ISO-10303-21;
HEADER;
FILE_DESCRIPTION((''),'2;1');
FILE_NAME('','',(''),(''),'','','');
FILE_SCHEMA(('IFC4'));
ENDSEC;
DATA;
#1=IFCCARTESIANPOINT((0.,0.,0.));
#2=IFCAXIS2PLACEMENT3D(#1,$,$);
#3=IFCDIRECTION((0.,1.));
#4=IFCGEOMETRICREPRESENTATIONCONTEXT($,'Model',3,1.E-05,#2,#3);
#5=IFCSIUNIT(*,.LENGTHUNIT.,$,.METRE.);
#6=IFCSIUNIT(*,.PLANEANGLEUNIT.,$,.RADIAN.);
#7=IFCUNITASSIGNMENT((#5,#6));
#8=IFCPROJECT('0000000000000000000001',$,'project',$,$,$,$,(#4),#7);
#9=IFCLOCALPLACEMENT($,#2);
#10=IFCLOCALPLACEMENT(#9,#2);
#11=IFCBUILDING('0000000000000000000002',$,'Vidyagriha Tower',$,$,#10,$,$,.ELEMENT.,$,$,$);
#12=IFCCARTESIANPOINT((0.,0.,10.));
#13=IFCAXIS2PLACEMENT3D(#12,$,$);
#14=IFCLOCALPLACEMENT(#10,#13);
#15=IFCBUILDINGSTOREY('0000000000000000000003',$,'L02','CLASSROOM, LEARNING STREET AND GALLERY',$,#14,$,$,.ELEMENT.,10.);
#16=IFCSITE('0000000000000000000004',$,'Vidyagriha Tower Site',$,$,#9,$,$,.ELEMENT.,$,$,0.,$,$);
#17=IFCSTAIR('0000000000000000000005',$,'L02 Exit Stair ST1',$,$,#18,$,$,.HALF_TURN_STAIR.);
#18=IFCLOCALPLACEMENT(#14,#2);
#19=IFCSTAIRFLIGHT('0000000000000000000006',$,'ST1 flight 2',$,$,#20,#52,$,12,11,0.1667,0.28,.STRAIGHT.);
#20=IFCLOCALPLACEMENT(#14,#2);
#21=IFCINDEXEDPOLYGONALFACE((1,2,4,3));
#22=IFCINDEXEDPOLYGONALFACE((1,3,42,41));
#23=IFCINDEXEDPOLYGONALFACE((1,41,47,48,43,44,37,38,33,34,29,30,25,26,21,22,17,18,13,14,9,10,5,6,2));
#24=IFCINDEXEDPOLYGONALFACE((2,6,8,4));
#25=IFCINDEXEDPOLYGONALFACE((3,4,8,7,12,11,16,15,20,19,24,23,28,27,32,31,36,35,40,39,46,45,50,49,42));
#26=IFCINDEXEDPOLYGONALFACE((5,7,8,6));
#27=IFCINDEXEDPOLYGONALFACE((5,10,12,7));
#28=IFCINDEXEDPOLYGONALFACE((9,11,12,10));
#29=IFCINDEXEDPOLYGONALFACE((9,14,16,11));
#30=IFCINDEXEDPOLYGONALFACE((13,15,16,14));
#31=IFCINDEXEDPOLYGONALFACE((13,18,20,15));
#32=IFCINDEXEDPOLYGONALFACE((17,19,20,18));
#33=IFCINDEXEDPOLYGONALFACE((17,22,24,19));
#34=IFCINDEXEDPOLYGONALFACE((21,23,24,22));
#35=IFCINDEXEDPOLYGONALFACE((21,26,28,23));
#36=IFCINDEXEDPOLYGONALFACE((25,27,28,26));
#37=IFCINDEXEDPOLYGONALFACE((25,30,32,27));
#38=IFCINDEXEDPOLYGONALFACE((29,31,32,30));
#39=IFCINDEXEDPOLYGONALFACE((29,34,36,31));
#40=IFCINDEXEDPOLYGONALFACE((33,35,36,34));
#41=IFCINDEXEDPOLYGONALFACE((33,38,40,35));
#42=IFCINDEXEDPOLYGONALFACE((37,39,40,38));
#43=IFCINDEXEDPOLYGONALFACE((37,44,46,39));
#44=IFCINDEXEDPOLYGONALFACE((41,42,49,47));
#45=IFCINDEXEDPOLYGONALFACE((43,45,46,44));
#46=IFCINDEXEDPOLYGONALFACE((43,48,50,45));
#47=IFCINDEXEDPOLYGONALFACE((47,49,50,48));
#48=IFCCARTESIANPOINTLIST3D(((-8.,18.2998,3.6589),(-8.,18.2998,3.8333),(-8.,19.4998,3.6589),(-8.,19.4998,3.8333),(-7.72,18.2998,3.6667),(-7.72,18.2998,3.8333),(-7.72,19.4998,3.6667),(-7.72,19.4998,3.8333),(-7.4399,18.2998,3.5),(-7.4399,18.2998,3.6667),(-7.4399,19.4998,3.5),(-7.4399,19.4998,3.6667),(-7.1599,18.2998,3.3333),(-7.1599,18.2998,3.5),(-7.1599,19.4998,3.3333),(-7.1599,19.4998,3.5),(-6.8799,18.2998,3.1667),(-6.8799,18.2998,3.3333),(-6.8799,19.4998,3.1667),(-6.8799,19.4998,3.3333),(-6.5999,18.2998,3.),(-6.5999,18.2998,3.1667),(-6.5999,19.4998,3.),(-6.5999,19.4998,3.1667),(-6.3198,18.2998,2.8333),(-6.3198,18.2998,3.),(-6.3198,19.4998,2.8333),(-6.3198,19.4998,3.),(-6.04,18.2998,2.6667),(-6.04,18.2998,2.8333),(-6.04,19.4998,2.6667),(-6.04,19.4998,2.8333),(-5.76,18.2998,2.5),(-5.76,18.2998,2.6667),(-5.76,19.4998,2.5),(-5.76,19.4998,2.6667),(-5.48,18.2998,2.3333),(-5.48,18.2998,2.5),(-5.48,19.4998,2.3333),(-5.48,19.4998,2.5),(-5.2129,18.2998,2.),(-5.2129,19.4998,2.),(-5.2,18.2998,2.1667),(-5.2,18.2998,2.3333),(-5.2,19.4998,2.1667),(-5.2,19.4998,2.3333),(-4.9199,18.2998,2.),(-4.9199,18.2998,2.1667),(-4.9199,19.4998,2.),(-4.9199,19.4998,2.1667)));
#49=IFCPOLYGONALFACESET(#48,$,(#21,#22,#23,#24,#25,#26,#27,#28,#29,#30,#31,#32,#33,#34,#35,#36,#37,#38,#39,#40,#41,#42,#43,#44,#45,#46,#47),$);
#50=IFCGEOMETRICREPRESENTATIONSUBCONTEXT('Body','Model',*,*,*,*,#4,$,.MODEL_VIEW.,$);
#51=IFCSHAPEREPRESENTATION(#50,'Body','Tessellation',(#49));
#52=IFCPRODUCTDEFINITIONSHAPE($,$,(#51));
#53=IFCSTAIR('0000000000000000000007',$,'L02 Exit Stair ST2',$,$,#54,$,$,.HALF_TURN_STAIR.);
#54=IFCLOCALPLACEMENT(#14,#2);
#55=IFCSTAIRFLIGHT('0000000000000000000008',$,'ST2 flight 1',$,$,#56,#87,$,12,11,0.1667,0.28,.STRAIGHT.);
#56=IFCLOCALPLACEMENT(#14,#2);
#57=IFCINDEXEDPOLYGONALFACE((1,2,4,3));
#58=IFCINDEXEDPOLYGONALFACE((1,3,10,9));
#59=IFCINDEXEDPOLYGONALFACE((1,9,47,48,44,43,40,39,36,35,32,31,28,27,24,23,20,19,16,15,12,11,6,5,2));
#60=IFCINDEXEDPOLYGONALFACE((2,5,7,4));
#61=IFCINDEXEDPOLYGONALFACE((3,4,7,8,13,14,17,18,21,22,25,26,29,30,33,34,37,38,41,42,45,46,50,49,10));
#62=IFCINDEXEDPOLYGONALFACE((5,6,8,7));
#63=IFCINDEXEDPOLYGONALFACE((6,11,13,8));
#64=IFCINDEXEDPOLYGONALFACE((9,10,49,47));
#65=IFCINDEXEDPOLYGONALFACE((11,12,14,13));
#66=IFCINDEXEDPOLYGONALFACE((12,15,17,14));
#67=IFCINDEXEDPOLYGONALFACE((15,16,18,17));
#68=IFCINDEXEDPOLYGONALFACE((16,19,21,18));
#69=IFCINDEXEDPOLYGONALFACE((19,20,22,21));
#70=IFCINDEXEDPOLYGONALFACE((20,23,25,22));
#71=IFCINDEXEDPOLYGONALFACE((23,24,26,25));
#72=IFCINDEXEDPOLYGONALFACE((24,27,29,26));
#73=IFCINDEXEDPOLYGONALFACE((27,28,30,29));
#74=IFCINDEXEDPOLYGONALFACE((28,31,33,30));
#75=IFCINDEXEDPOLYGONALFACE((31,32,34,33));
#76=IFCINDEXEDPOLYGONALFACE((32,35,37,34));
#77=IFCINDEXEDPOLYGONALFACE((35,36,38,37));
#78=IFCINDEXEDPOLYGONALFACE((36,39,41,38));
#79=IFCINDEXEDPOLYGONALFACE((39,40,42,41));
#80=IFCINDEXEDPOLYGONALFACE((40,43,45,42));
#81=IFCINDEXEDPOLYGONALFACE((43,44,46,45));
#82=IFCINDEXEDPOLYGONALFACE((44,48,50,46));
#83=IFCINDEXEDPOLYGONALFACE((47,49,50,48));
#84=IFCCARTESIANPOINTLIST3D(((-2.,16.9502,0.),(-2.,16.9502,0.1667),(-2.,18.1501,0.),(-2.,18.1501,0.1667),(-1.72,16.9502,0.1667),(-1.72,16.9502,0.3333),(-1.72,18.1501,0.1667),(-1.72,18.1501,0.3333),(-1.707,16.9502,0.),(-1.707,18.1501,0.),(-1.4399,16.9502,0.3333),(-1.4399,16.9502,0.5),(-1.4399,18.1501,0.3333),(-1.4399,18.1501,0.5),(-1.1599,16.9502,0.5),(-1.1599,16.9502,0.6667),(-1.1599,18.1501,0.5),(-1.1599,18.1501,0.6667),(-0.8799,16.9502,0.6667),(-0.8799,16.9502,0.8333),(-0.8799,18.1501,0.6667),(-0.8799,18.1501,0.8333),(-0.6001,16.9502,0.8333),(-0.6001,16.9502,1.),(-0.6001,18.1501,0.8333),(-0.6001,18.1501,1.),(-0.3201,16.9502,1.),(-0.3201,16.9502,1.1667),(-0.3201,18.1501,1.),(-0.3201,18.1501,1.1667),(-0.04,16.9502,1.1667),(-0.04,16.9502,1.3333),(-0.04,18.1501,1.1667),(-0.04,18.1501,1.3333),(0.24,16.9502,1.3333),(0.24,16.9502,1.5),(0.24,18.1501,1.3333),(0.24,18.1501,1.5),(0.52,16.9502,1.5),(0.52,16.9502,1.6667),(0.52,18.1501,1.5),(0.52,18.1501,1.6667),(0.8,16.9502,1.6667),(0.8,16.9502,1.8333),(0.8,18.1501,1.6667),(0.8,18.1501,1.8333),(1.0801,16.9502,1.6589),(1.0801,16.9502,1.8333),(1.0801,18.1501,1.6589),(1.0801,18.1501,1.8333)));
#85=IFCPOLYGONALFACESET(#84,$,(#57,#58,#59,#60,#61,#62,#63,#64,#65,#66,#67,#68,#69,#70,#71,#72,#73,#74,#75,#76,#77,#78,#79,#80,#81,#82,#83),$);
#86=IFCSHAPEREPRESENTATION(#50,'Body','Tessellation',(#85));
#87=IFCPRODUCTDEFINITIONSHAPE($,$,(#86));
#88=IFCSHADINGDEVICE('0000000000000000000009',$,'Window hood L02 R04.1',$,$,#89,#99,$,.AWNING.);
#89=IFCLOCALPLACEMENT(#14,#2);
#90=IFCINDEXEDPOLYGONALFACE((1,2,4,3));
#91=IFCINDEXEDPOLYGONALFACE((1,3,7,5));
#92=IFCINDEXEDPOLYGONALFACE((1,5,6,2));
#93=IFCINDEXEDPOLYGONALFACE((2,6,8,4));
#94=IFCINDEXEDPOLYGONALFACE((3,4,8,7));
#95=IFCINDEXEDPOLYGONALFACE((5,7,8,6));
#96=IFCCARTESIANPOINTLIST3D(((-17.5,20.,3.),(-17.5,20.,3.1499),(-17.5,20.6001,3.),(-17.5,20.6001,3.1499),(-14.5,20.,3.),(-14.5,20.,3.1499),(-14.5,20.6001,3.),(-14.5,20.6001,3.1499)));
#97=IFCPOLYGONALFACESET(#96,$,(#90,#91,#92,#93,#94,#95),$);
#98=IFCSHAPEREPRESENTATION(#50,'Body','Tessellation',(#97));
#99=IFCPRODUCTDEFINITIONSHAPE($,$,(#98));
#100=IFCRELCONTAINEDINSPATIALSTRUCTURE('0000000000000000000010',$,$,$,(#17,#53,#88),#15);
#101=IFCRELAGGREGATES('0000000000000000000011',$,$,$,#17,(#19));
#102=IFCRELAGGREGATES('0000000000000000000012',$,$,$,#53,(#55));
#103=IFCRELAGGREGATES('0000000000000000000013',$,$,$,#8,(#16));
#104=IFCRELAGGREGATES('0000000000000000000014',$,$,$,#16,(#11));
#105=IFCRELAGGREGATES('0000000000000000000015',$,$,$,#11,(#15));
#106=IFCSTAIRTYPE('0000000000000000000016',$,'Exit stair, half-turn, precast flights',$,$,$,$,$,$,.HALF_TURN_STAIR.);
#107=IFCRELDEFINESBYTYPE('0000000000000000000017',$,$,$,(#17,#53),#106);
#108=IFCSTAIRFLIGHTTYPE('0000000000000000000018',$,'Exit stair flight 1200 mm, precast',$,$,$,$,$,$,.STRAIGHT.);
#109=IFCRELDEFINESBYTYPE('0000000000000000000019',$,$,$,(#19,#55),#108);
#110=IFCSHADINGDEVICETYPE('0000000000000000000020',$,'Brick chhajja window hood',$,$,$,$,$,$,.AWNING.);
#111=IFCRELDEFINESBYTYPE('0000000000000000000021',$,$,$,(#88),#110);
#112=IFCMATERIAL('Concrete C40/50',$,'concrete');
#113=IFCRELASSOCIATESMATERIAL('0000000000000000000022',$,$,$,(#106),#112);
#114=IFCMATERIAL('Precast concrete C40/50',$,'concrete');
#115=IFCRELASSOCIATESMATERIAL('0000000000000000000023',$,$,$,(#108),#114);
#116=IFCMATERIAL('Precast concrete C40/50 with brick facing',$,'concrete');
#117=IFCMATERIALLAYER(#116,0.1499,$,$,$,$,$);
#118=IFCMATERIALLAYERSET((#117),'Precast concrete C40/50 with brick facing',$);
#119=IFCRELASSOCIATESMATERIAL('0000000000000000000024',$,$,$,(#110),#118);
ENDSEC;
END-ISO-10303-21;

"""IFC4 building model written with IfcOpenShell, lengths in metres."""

from ifc_helpers import new_model, si_unit, direction, frame, origin, origin_2d, place, context, subcontext, project, spatial, polyline, rectangle, outline, extrude, material, layer, layer_set, type_object, element, aggregate, save


model = new_model("IFC4")

# Units and contexts
model_context = context("Model", 3, precision=1e-05, world=origin(), true_north=direction((0.0, 1.0)))
body_context = subcontext(model_context, "Body", "Model", "MODEL_VIEW")
ifc_project = project(units=[si_unit("LENGTHUNIT", "METRE"), si_unit("PLANEANGLEUNIT", "RADIAN")], contexts=[model_context])

# Site, building, storey
site_placement = place(None, origin())
site = spatial("IfcSite", under=ifc_project, at=site_placement, Name="Vidyagriha Tower Site", CompositionType="ELEMENT", RefElevation=0.0)
building_placement = place(site_placement, origin())
building = spatial("IfcBuilding", under=site, at=building_placement, Name="Vidyagriha Tower", CompositionType="ELEMENT")
storey_placement = place(building_placement, frame((0.0, 0.0, 10.0)))
storey = spatial("IfcBuildingStorey", under=building, at=storey_placement, Name="L02", Description="CLASSROOM, LEARNING STREET AND GALLERY", CompositionType="ELEMENT", Elevation=10.0)

# Stair, stair flight
ifc_material_1 = material(Name="Concrete C40/50", Category="concrete")
stair_type = type_object("IfcStairType", Name="Exit stair, half-turn, precast flights", PredefinedType="HALF_TURN_STAIR", material=ifc_material_1)
stair_1_placement = place(storey_placement, origin())
stair_1 = element("IfcStair", 1, at=stair_1_placement, inside=storey, type_object=stair_type, Name="L02 Exit Stair ST1", PredefinedType="HALF_TURN_STAIR")
ifc_material_2 = material(Name="Precast concrete C40/50", Category="concrete")
stair_flight_type = type_object("IfcStairFlightType", Name="Exit stair flight 1200 mm, precast", PredefinedType="STRAIGHT", material=ifc_material_2)
stair_flight_1_placement = place(storey_placement, frame((-4.9199, 18.8999, 2.0), z_axis=(0.0, 0.0, 1.0), x_axis=(-1.0, 0.0, 0.0)))
stair_flight_1 = element("IfcStairFlight", 2, at=stair_flight_1_placement, type_object=stair_flight_type, Name="ST1 flight 2", NumberOfRisers=12, NumberOfTreads=11, PredefinedType="STRAIGHT", RiserHeight=0.1667, TreadLength=0.28, context=body_context, shape_type="SweptSolid", body=[
    extrude(outline(polyline([(0.0, 0.0), (0.0, 0.1667), (0.28, 0.1667), (0.28, 0.3333), (0.5601, 0.3333), (0.5601, 0.5), (0.8401, 0.5), (0.8401, 0.6667), (1.1201, 0.6667), (1.1201, 0.8333), (1.3999, 0.8333), (1.3999, 1.0), (1.6799, 1.0), (1.6799, 1.1667), (1.96, 1.1667), (1.96, 1.3333), (2.24, 1.3333), (2.24, 1.5), (2.52, 1.5), (2.52, 1.6667), (2.8, 1.6667), (2.8, 1.8333), (3.0801, 1.8333), (3.0801, 2.0), (3.0801, 1.6589), (0.293, 0.0), (0.0, 0.0)])), frame((0.0, 0.6001, 0.0), z_axis=(0.0, -1.0, 0.0), x_axis=(1.0, 0.0, 0.0)), (0.0, 0.0, 1.0), 1.2),
])
aggregate(stair_1, [stair_flight_1])

# Stair, stair flight
stair_2_placement = place(storey_placement, origin())
stair_2 = element("IfcStair", 3, at=stair_2_placement, inside=storey, type_object=stair_type, Name="L02 Exit Stair ST2", PredefinedType="HALF_TURN_STAIR")
stair_flight_2_placement = place(storey_placement, frame((-2.0, 17.55, 0.0)))
stair_flight_2 = element("IfcStairFlight", 4, at=stair_flight_2_placement, type_object=stair_flight_type, Name="ST2 flight 1", NumberOfRisers=12, NumberOfTreads=11, PredefinedType="STRAIGHT", RiserHeight=0.1667, TreadLength=0.28, context=body_context, shape_type="SweptSolid", body=[
    extrude(outline(polyline([(0.0, 0.0), (0.0, 0.1667), (0.28, 0.1667), (0.28, 0.3333), (0.5601, 0.3333), (0.5601, 0.5), (0.8401, 0.5), (0.8401, 0.6667), (1.1201, 0.6667), (1.1201, 0.8333), (1.3999, 0.8333), (1.3999, 1.0), (1.6799, 1.0), (1.6799, 1.1667), (1.96, 1.1667), (1.96, 1.3333), (2.24, 1.3333), (2.24, 1.5), (2.52, 1.5), (2.52, 1.6667), (2.8, 1.6667), (2.8, 1.8333), (3.0801, 1.8333), (3.0801, 2.0), (3.0801, 1.6589), (0.293, 0.0), (0.0, 0.0)])), frame((0.0, 0.6001, 0.0), z_axis=(0.0, -1.0, 0.0), x_axis=(1.0, 0.0, 0.0)), (0.0, 0.0, 1.0), 1.2),
])
aggregate(stair_2, [stair_flight_2])

# Shading device
ifc_material_3 = material(Name="Precast concrete C40/50 with brick facing", Category="concrete")
ifc_layer_1 = layer(ifc_material_3, 0.1499)
ifc_layer_set_1 = layer_set([ifc_layer_1], Name="Precast concrete C40/50 with brick facing")
shading_device_type = type_object("IfcShadingDeviceType", Name="Brick chhajja window hood", PredefinedType="AWNING", material=ifc_layer_set_1)
shading_device_placement = place(storey_placement, frame((-16.0, 20.3, 3.0), z_axis=(0.0, 0.0, 1.0), x_axis=(-1.0, 0.0, 0.0)))
element("IfcShadingDevice", 5, at=shading_device_placement, inside=storey, type_object=shading_device_type, Name="Window hood L02 R04.1", PredefinedType="AWNING", context=body_context, shape_type="SweptSolid", body=[
    extrude(rectangle(XDim=3.0, YDim=0.6001, at=origin_2d()), origin(), (0.0, 0.0, 1.0), 0.1499),
])

save(model, "model.ifc")
